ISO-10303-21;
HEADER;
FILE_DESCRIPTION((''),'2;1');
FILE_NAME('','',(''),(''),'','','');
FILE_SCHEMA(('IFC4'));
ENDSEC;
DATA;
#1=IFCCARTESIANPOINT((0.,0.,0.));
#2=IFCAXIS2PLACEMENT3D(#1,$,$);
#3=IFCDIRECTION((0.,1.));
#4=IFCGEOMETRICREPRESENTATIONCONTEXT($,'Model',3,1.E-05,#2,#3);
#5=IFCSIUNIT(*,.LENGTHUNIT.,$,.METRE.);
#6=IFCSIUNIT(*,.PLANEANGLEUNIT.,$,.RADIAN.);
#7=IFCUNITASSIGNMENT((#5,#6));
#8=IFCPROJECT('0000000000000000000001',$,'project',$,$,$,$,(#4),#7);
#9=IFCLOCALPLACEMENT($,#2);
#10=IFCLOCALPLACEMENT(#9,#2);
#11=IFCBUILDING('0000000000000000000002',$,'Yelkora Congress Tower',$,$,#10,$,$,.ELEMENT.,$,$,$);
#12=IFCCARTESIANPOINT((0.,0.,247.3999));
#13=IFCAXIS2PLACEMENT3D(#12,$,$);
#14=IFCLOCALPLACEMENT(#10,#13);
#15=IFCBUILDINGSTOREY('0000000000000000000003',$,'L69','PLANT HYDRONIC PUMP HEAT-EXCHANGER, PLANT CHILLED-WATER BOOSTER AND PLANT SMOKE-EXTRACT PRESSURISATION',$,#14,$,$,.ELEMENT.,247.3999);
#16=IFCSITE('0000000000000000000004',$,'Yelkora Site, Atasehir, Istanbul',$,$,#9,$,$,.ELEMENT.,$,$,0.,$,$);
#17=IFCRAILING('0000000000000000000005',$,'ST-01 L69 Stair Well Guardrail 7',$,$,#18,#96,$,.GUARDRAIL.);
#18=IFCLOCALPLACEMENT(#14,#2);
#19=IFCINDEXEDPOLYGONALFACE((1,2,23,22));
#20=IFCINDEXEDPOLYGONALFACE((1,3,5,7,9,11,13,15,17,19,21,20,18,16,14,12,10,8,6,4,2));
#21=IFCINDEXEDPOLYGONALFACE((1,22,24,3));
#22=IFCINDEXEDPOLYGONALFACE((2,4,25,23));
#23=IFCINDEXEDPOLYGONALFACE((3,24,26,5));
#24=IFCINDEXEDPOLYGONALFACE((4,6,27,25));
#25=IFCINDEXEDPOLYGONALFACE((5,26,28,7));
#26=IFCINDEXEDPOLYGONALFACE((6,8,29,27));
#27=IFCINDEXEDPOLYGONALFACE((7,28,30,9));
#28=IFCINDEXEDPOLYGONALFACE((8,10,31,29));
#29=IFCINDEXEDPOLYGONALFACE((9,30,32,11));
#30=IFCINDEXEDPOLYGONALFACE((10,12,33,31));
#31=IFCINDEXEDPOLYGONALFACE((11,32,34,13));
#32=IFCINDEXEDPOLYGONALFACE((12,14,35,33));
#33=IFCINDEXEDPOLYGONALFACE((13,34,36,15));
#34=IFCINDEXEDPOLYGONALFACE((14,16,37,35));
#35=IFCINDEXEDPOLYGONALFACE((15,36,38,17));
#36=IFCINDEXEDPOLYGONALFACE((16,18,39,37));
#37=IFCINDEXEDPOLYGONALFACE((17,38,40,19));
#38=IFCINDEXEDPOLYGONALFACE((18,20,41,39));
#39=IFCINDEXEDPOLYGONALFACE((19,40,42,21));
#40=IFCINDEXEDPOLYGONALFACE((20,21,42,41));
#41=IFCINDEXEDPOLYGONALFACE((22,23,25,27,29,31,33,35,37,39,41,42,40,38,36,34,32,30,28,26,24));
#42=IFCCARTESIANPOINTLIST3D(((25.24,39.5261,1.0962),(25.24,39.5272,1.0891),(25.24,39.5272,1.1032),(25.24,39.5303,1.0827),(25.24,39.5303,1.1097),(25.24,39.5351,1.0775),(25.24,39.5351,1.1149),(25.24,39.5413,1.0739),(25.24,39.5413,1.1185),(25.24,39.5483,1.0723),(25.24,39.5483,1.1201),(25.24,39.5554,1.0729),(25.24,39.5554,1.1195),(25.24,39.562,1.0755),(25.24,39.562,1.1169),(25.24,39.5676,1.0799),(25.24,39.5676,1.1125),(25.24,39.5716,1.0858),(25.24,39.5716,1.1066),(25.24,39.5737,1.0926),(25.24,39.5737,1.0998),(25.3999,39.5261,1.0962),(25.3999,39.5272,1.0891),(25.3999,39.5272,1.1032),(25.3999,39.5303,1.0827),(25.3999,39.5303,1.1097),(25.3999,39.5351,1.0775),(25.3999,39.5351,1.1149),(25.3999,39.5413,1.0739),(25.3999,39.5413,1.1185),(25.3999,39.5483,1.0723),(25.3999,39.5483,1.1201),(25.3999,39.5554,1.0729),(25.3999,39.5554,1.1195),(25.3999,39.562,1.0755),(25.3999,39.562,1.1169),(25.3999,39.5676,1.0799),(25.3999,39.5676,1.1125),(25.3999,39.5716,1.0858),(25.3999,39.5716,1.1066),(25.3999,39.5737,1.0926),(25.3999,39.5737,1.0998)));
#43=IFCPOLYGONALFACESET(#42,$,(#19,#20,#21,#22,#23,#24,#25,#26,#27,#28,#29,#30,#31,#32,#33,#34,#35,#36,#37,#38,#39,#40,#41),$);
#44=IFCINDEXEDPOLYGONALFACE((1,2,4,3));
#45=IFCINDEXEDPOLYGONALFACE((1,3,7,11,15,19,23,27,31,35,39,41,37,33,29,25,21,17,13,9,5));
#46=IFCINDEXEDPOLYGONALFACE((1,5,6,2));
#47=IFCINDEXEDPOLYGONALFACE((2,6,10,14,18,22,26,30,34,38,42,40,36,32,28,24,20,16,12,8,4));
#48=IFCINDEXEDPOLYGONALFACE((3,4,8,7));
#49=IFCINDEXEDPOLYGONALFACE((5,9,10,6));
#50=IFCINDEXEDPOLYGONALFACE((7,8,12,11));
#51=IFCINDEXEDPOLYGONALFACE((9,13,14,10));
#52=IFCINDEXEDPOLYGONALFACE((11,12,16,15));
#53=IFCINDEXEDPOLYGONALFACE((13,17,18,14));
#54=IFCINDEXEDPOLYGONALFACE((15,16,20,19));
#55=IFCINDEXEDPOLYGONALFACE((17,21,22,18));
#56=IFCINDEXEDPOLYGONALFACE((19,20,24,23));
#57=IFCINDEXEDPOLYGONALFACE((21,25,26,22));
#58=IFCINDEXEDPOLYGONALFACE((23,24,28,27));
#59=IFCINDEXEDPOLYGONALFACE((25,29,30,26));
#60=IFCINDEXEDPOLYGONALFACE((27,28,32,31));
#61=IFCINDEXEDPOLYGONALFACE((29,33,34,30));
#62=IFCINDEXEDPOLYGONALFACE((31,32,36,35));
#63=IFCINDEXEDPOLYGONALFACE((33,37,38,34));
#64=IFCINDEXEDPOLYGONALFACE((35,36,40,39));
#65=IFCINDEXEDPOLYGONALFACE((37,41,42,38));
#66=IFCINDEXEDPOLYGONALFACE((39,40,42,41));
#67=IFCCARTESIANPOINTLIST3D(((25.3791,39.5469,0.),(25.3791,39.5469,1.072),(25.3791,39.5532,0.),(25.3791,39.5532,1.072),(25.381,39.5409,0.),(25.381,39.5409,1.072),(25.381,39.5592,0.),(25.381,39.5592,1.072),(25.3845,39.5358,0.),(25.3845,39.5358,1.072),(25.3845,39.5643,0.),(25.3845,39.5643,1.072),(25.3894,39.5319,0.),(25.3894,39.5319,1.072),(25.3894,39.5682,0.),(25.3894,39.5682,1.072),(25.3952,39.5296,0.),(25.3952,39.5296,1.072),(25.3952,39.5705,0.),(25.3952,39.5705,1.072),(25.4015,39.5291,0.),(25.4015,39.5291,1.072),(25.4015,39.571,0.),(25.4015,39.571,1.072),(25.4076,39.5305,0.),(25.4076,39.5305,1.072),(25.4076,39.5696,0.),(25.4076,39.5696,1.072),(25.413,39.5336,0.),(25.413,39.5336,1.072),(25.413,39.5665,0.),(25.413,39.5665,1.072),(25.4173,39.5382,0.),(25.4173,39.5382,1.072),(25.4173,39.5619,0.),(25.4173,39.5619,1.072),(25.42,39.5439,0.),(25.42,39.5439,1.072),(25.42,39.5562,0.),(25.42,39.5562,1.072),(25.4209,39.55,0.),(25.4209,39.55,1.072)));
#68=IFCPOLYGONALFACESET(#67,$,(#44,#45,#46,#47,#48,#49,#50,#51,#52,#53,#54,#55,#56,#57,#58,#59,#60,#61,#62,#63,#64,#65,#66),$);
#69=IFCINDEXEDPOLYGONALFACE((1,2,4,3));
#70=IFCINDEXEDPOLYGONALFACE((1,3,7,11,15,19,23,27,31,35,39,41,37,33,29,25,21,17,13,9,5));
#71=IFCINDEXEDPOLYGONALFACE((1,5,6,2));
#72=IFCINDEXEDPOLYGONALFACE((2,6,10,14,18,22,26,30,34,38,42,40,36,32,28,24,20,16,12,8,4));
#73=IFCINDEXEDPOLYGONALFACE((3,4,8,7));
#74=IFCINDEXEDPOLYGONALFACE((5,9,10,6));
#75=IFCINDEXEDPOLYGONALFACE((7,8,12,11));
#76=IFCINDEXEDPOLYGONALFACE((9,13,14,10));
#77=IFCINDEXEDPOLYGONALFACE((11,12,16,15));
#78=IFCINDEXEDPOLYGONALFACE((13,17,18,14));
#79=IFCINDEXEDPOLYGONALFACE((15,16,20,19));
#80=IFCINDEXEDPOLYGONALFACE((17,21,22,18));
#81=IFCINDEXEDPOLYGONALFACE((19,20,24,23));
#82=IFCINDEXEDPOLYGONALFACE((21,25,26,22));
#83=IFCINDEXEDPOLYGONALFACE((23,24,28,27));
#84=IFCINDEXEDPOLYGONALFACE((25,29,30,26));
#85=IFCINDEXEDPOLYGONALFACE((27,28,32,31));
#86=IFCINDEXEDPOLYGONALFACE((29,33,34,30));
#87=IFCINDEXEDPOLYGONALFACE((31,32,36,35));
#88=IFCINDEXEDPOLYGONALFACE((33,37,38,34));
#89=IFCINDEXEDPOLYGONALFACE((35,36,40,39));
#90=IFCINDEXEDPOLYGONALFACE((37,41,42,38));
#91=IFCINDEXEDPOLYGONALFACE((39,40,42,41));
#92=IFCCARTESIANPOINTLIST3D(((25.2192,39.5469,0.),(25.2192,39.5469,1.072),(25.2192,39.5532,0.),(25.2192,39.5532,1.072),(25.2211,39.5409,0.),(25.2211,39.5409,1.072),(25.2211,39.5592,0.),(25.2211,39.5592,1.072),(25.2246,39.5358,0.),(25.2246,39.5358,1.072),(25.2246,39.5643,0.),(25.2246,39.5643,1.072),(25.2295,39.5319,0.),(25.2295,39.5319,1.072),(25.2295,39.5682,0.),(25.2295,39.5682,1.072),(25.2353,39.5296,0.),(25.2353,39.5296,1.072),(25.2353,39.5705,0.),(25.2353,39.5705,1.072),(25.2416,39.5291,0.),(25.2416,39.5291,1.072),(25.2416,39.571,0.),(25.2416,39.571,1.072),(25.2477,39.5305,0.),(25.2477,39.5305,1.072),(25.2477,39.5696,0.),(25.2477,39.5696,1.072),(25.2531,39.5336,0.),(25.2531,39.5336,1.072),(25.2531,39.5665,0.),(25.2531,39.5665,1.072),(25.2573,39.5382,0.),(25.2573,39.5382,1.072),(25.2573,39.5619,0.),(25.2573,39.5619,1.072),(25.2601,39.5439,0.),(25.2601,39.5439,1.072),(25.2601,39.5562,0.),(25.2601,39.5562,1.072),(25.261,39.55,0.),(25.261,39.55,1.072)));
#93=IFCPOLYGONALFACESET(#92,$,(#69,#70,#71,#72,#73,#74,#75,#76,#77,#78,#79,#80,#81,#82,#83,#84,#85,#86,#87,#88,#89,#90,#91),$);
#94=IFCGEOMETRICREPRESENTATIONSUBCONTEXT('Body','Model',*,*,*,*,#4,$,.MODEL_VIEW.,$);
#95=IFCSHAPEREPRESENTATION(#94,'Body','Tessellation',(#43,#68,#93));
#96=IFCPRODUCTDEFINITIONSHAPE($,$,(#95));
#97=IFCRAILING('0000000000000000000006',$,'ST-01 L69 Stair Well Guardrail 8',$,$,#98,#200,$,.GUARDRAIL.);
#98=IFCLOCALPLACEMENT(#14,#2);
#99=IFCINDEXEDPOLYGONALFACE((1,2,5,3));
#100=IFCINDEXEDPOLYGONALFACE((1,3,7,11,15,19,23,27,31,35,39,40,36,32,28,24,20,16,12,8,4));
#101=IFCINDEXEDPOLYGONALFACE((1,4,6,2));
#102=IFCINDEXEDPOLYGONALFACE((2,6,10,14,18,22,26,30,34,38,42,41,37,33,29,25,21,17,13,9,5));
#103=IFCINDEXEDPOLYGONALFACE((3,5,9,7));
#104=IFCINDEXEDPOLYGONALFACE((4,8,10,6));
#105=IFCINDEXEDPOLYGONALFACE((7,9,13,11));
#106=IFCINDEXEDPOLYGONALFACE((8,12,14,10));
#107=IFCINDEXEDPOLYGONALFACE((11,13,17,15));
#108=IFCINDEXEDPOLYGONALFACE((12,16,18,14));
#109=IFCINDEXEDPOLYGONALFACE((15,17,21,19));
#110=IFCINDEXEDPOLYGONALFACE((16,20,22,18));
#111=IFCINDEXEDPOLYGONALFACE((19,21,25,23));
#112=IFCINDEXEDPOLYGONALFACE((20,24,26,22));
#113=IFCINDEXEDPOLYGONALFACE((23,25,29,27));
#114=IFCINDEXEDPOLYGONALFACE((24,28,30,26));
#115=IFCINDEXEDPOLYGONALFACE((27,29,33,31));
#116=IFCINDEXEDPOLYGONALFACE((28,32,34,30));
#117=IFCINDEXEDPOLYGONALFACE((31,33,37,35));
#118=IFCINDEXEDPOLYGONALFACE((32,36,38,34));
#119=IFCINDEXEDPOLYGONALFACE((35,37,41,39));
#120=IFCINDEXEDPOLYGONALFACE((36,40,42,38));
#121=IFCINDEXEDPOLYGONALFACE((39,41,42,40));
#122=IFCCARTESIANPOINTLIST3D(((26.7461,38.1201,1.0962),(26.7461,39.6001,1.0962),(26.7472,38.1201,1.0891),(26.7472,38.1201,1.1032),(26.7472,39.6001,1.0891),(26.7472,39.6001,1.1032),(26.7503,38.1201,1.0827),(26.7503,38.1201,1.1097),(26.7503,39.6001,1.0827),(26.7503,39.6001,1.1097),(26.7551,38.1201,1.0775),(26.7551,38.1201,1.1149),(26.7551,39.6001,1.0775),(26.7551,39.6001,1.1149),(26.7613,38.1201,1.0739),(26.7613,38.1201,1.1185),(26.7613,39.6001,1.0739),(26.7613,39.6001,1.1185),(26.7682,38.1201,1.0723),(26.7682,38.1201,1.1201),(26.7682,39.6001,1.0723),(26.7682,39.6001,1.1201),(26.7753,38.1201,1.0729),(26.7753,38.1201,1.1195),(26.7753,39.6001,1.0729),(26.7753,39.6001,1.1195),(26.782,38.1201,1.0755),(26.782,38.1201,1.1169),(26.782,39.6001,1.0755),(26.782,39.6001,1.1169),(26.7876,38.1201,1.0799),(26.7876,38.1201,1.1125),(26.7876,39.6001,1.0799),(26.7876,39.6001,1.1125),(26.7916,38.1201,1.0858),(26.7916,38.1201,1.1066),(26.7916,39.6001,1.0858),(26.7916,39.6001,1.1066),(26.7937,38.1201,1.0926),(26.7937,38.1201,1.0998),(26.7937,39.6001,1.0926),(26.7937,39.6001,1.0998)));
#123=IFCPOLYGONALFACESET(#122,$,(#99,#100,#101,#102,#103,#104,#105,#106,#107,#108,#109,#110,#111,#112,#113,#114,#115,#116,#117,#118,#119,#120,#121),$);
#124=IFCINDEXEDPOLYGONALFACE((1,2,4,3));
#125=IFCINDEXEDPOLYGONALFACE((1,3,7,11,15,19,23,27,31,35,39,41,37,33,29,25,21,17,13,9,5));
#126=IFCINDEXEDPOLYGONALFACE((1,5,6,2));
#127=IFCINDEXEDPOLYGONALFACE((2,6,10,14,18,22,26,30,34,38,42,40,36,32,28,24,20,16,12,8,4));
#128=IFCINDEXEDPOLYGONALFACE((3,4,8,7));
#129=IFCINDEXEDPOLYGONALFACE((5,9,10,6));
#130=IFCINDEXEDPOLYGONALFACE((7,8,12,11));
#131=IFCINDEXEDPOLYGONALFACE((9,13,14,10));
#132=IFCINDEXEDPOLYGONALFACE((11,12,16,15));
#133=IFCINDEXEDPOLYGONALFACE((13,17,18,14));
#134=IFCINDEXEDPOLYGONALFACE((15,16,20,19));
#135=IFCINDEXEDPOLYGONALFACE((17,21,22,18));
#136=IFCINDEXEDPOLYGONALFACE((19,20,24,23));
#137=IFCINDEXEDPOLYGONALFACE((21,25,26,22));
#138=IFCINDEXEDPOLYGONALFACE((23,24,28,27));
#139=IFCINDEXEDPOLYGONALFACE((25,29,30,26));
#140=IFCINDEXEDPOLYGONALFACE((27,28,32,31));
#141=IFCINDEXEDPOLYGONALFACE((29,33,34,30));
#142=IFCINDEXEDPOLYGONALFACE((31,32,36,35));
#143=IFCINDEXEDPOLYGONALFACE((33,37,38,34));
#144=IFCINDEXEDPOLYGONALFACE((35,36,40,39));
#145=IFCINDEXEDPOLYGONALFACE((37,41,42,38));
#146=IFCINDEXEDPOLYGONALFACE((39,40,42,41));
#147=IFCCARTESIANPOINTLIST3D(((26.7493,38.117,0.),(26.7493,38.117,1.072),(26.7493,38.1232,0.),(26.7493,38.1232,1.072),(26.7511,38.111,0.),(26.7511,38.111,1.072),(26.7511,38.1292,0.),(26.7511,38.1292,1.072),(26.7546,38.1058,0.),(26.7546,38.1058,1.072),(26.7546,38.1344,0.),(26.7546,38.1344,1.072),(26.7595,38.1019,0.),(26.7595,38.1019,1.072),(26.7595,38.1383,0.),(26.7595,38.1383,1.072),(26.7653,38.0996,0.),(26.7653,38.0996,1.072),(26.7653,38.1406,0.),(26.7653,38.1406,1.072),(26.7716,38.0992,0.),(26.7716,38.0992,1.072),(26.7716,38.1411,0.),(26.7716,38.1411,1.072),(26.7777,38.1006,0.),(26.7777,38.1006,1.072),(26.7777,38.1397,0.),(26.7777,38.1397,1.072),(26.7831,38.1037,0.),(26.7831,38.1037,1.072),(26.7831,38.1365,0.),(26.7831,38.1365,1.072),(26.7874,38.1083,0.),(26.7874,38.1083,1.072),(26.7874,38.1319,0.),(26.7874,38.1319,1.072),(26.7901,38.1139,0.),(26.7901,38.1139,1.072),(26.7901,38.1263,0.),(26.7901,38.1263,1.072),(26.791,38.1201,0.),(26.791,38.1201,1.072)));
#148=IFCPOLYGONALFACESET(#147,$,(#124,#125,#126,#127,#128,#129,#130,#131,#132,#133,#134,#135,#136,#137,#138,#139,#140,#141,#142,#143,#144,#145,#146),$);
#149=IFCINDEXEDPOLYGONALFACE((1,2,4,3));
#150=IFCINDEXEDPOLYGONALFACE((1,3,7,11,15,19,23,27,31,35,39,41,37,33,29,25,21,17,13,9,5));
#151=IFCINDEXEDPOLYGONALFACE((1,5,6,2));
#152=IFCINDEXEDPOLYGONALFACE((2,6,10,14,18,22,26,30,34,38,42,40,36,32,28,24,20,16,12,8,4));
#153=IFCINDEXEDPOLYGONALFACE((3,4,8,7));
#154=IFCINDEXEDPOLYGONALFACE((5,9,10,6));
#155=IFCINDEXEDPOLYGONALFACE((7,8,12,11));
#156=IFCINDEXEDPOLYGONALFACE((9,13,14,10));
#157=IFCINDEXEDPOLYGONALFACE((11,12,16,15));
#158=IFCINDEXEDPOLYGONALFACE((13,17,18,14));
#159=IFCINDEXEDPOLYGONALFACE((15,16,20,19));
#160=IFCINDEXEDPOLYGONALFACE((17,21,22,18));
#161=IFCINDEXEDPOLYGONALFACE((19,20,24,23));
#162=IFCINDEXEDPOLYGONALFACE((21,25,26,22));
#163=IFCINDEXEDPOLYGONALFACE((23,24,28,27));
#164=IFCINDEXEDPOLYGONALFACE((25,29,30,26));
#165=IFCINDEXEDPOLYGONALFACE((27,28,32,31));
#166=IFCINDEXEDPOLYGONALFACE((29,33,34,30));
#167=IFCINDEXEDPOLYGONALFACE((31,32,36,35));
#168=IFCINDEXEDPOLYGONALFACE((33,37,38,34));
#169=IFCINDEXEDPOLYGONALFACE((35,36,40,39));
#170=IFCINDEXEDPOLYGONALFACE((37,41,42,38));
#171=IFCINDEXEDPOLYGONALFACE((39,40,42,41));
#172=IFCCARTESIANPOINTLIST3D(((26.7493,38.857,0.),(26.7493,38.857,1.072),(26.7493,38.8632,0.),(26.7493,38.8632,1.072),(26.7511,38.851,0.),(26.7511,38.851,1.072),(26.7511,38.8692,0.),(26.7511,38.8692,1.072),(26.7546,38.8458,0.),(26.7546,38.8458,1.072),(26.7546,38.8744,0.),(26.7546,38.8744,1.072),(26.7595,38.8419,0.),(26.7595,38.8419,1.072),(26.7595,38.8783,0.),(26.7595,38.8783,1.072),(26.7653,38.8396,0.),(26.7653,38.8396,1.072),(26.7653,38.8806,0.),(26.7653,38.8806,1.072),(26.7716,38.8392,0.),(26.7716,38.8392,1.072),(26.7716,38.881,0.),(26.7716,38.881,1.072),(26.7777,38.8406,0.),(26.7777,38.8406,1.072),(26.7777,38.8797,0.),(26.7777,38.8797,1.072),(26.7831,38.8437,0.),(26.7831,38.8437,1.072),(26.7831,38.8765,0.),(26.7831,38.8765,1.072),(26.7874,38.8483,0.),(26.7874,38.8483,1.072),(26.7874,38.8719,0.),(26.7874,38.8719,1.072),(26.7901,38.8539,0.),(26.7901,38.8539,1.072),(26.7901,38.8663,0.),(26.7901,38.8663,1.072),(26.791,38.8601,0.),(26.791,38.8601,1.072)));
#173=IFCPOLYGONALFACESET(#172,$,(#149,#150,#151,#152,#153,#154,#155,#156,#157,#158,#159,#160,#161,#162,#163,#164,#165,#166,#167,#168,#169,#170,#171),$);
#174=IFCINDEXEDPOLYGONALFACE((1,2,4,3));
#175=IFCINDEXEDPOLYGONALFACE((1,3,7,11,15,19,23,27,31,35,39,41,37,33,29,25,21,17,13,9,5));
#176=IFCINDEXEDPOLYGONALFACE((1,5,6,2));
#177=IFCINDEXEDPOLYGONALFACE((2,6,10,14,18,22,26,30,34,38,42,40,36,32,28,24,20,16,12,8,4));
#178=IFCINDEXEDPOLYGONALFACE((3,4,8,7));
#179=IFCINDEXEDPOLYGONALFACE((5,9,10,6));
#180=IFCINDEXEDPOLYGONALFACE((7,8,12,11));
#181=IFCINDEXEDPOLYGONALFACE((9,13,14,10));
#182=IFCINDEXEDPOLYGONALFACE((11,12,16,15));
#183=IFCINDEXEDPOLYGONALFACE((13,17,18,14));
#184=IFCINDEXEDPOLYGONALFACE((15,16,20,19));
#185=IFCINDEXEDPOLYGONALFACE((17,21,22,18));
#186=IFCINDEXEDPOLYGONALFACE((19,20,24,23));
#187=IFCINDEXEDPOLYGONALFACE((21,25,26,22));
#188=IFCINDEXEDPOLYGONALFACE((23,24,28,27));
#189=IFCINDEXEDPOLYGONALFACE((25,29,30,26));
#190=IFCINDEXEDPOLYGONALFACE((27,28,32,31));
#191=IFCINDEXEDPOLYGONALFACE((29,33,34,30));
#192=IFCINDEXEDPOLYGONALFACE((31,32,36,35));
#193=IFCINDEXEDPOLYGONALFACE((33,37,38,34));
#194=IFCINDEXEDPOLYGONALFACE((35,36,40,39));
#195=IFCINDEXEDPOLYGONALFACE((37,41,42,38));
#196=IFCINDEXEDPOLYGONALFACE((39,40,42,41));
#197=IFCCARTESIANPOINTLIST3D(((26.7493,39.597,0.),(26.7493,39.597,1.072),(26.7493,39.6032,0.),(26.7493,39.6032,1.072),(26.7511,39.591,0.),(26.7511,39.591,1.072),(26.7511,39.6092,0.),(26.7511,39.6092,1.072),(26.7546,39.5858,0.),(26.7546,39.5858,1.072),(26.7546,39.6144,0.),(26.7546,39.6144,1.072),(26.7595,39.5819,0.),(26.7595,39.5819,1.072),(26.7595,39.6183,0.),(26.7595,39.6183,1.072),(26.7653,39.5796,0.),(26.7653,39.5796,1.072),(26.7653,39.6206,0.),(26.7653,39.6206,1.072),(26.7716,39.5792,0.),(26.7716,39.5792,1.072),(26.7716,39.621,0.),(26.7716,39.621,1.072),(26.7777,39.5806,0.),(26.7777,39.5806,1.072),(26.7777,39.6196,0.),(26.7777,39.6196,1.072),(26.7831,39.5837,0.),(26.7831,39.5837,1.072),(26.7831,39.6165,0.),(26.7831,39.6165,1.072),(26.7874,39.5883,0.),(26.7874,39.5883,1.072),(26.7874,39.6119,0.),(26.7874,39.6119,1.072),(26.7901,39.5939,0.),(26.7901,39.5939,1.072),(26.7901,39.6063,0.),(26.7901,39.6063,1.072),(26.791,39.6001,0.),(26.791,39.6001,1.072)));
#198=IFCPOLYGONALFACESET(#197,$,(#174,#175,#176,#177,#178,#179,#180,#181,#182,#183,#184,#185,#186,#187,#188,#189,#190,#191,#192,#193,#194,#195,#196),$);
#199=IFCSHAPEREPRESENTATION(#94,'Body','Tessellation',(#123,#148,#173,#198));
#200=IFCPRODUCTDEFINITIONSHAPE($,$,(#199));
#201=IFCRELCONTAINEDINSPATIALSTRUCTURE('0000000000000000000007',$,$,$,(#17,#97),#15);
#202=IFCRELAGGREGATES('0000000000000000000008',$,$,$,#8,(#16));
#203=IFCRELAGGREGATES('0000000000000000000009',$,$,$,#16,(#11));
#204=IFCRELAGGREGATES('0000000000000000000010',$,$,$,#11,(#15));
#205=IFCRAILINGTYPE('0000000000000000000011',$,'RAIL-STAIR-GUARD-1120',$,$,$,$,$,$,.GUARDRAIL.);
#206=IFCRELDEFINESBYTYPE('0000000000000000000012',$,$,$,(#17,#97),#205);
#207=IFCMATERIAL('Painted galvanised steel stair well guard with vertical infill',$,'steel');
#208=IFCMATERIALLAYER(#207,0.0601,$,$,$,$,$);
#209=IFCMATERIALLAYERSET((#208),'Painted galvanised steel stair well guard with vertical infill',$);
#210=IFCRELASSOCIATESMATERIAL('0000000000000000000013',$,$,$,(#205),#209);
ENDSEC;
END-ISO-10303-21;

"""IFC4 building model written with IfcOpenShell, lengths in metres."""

from ifc_helpers import new_model, si_unit, direction, frame, origin, origin_2d, place, context, subcontext, project, spatial, circle, extrude, material, layer, layer_set, type_object, element, save


model = new_model("IFC4")

# Units and contexts
model_context = context("Model", 3, precision=1e-05, world=origin(), true_north=direction((0.0, 1.0)))
body_context = subcontext(model_context, "Body", "Model", "MODEL_VIEW")
ifc_project = project(units=[si_unit("LENGTHUNIT", "METRE"), si_unit("PLANEANGLEUNIT", "RADIAN")], contexts=[model_context])

# Site, building, storey
site_placement = place(None, origin())
site = spatial("IfcSite", under=ifc_project, at=site_placement, Name="Yelkora Site, Atasehir, Istanbul", CompositionType="ELEMENT", RefElevation=0.0)
building_placement = place(site_placement, origin())
building = spatial("IfcBuilding", under=site, at=building_placement, Name="Yelkora Congress Tower", CompositionType="ELEMENT")
storey_placement = place(building_placement, frame((0.0, 0.0, 247.3999)))
storey = spatial("IfcBuildingStorey", under=building, at=storey_placement, Name="L69", Description="PLANT HYDRONIC PUMP HEAT-EXCHANGER, PLANT CHILLED-WATER BOOSTER AND PLANT SMOKE-EXTRACT PRESSURISATION", CompositionType="ELEMENT", Elevation=247.3999)

# Railings
ifc_material_1 = material(Name="Painted galvanised steel stair well guard with vertical infill", Category="steel")
ifc_layer_1 = layer(ifc_material_1, 0.0601)
ifc_layer_set_1 = layer_set([ifc_layer_1], Name="Painted galvanised steel stair well guard with vertical infill")
railing_type_1 = type_object("IfcRailingType", Name="RAIL-STAIR-GUARD-1120", PredefinedType="GUARDRAIL", material=ifc_layer_set_1)
railing_1_placement = place(storey_placement, frame((25.3999, 39.55, 0.0)))
element("IfcRailing", 1, at=railing_1_placement, inside=storey, type_object=railing_type_1, Name="ST-01 L69 Stair Well Guardrail 7", PredefinedType="GUARDRAIL", context=body_context, shape_type="SweptSolid", body=[
    extrude(circle(Radius=0.0239, at=origin_2d()), frame((0.0, 0.0, 1.0962), z_axis=(-1.0, 0.0, 0.0), x_axis=(0.0, -1.0, 0.0)), (0.0, 0.0, 1.0), 0.1599),
    extrude(circle(Radius=0.021, at=origin_2d()), origin(), (0.0, 0.0, 1.0), 1.072),
    extrude(circle(Radius=0.021, at=origin_2d()), frame((-0.1599, 0.0, 0.0)), (0.0, 0.0, 1.0), 1.072),
])
railing_2_placement = place(storey_placement, frame((26.77, 38.1201, 0.0)))
element("IfcRailing", 2, at=railing_2_placement, inside=storey, type_object=railing_type_1, Name="ST-01 L69 Stair Well Guardrail 8", PredefinedType="GUARDRAIL", context=body_context, shape_type="SweptSolid", body=[
    extrude(circle(Radius=0.0239, at=origin_2d()), frame((0.0, 0.0, 1.0962), z_axis=(0.0, 1.0, 0.0), x_axis=(-1.0, 0.0, 0.0)), (0.0, 0.0, 1.0), 1.48),
    extrude(circle(Radius=0.021, at=origin_2d()), origin(), (0.0, 0.0, 1.0), 1.072),
    extrude(circle(Radius=0.021, at=origin_2d()), frame((0.0, 0.74, 0.0)), (0.0, 0.0, 1.0), 1.072),
    extrude(circle(Radius=0.021, at=origin_2d()), frame((0.0, 1.48, 0.0)), (0.0, 0.0, 1.0), 1.072),
])

save(model, "model.ifc")
